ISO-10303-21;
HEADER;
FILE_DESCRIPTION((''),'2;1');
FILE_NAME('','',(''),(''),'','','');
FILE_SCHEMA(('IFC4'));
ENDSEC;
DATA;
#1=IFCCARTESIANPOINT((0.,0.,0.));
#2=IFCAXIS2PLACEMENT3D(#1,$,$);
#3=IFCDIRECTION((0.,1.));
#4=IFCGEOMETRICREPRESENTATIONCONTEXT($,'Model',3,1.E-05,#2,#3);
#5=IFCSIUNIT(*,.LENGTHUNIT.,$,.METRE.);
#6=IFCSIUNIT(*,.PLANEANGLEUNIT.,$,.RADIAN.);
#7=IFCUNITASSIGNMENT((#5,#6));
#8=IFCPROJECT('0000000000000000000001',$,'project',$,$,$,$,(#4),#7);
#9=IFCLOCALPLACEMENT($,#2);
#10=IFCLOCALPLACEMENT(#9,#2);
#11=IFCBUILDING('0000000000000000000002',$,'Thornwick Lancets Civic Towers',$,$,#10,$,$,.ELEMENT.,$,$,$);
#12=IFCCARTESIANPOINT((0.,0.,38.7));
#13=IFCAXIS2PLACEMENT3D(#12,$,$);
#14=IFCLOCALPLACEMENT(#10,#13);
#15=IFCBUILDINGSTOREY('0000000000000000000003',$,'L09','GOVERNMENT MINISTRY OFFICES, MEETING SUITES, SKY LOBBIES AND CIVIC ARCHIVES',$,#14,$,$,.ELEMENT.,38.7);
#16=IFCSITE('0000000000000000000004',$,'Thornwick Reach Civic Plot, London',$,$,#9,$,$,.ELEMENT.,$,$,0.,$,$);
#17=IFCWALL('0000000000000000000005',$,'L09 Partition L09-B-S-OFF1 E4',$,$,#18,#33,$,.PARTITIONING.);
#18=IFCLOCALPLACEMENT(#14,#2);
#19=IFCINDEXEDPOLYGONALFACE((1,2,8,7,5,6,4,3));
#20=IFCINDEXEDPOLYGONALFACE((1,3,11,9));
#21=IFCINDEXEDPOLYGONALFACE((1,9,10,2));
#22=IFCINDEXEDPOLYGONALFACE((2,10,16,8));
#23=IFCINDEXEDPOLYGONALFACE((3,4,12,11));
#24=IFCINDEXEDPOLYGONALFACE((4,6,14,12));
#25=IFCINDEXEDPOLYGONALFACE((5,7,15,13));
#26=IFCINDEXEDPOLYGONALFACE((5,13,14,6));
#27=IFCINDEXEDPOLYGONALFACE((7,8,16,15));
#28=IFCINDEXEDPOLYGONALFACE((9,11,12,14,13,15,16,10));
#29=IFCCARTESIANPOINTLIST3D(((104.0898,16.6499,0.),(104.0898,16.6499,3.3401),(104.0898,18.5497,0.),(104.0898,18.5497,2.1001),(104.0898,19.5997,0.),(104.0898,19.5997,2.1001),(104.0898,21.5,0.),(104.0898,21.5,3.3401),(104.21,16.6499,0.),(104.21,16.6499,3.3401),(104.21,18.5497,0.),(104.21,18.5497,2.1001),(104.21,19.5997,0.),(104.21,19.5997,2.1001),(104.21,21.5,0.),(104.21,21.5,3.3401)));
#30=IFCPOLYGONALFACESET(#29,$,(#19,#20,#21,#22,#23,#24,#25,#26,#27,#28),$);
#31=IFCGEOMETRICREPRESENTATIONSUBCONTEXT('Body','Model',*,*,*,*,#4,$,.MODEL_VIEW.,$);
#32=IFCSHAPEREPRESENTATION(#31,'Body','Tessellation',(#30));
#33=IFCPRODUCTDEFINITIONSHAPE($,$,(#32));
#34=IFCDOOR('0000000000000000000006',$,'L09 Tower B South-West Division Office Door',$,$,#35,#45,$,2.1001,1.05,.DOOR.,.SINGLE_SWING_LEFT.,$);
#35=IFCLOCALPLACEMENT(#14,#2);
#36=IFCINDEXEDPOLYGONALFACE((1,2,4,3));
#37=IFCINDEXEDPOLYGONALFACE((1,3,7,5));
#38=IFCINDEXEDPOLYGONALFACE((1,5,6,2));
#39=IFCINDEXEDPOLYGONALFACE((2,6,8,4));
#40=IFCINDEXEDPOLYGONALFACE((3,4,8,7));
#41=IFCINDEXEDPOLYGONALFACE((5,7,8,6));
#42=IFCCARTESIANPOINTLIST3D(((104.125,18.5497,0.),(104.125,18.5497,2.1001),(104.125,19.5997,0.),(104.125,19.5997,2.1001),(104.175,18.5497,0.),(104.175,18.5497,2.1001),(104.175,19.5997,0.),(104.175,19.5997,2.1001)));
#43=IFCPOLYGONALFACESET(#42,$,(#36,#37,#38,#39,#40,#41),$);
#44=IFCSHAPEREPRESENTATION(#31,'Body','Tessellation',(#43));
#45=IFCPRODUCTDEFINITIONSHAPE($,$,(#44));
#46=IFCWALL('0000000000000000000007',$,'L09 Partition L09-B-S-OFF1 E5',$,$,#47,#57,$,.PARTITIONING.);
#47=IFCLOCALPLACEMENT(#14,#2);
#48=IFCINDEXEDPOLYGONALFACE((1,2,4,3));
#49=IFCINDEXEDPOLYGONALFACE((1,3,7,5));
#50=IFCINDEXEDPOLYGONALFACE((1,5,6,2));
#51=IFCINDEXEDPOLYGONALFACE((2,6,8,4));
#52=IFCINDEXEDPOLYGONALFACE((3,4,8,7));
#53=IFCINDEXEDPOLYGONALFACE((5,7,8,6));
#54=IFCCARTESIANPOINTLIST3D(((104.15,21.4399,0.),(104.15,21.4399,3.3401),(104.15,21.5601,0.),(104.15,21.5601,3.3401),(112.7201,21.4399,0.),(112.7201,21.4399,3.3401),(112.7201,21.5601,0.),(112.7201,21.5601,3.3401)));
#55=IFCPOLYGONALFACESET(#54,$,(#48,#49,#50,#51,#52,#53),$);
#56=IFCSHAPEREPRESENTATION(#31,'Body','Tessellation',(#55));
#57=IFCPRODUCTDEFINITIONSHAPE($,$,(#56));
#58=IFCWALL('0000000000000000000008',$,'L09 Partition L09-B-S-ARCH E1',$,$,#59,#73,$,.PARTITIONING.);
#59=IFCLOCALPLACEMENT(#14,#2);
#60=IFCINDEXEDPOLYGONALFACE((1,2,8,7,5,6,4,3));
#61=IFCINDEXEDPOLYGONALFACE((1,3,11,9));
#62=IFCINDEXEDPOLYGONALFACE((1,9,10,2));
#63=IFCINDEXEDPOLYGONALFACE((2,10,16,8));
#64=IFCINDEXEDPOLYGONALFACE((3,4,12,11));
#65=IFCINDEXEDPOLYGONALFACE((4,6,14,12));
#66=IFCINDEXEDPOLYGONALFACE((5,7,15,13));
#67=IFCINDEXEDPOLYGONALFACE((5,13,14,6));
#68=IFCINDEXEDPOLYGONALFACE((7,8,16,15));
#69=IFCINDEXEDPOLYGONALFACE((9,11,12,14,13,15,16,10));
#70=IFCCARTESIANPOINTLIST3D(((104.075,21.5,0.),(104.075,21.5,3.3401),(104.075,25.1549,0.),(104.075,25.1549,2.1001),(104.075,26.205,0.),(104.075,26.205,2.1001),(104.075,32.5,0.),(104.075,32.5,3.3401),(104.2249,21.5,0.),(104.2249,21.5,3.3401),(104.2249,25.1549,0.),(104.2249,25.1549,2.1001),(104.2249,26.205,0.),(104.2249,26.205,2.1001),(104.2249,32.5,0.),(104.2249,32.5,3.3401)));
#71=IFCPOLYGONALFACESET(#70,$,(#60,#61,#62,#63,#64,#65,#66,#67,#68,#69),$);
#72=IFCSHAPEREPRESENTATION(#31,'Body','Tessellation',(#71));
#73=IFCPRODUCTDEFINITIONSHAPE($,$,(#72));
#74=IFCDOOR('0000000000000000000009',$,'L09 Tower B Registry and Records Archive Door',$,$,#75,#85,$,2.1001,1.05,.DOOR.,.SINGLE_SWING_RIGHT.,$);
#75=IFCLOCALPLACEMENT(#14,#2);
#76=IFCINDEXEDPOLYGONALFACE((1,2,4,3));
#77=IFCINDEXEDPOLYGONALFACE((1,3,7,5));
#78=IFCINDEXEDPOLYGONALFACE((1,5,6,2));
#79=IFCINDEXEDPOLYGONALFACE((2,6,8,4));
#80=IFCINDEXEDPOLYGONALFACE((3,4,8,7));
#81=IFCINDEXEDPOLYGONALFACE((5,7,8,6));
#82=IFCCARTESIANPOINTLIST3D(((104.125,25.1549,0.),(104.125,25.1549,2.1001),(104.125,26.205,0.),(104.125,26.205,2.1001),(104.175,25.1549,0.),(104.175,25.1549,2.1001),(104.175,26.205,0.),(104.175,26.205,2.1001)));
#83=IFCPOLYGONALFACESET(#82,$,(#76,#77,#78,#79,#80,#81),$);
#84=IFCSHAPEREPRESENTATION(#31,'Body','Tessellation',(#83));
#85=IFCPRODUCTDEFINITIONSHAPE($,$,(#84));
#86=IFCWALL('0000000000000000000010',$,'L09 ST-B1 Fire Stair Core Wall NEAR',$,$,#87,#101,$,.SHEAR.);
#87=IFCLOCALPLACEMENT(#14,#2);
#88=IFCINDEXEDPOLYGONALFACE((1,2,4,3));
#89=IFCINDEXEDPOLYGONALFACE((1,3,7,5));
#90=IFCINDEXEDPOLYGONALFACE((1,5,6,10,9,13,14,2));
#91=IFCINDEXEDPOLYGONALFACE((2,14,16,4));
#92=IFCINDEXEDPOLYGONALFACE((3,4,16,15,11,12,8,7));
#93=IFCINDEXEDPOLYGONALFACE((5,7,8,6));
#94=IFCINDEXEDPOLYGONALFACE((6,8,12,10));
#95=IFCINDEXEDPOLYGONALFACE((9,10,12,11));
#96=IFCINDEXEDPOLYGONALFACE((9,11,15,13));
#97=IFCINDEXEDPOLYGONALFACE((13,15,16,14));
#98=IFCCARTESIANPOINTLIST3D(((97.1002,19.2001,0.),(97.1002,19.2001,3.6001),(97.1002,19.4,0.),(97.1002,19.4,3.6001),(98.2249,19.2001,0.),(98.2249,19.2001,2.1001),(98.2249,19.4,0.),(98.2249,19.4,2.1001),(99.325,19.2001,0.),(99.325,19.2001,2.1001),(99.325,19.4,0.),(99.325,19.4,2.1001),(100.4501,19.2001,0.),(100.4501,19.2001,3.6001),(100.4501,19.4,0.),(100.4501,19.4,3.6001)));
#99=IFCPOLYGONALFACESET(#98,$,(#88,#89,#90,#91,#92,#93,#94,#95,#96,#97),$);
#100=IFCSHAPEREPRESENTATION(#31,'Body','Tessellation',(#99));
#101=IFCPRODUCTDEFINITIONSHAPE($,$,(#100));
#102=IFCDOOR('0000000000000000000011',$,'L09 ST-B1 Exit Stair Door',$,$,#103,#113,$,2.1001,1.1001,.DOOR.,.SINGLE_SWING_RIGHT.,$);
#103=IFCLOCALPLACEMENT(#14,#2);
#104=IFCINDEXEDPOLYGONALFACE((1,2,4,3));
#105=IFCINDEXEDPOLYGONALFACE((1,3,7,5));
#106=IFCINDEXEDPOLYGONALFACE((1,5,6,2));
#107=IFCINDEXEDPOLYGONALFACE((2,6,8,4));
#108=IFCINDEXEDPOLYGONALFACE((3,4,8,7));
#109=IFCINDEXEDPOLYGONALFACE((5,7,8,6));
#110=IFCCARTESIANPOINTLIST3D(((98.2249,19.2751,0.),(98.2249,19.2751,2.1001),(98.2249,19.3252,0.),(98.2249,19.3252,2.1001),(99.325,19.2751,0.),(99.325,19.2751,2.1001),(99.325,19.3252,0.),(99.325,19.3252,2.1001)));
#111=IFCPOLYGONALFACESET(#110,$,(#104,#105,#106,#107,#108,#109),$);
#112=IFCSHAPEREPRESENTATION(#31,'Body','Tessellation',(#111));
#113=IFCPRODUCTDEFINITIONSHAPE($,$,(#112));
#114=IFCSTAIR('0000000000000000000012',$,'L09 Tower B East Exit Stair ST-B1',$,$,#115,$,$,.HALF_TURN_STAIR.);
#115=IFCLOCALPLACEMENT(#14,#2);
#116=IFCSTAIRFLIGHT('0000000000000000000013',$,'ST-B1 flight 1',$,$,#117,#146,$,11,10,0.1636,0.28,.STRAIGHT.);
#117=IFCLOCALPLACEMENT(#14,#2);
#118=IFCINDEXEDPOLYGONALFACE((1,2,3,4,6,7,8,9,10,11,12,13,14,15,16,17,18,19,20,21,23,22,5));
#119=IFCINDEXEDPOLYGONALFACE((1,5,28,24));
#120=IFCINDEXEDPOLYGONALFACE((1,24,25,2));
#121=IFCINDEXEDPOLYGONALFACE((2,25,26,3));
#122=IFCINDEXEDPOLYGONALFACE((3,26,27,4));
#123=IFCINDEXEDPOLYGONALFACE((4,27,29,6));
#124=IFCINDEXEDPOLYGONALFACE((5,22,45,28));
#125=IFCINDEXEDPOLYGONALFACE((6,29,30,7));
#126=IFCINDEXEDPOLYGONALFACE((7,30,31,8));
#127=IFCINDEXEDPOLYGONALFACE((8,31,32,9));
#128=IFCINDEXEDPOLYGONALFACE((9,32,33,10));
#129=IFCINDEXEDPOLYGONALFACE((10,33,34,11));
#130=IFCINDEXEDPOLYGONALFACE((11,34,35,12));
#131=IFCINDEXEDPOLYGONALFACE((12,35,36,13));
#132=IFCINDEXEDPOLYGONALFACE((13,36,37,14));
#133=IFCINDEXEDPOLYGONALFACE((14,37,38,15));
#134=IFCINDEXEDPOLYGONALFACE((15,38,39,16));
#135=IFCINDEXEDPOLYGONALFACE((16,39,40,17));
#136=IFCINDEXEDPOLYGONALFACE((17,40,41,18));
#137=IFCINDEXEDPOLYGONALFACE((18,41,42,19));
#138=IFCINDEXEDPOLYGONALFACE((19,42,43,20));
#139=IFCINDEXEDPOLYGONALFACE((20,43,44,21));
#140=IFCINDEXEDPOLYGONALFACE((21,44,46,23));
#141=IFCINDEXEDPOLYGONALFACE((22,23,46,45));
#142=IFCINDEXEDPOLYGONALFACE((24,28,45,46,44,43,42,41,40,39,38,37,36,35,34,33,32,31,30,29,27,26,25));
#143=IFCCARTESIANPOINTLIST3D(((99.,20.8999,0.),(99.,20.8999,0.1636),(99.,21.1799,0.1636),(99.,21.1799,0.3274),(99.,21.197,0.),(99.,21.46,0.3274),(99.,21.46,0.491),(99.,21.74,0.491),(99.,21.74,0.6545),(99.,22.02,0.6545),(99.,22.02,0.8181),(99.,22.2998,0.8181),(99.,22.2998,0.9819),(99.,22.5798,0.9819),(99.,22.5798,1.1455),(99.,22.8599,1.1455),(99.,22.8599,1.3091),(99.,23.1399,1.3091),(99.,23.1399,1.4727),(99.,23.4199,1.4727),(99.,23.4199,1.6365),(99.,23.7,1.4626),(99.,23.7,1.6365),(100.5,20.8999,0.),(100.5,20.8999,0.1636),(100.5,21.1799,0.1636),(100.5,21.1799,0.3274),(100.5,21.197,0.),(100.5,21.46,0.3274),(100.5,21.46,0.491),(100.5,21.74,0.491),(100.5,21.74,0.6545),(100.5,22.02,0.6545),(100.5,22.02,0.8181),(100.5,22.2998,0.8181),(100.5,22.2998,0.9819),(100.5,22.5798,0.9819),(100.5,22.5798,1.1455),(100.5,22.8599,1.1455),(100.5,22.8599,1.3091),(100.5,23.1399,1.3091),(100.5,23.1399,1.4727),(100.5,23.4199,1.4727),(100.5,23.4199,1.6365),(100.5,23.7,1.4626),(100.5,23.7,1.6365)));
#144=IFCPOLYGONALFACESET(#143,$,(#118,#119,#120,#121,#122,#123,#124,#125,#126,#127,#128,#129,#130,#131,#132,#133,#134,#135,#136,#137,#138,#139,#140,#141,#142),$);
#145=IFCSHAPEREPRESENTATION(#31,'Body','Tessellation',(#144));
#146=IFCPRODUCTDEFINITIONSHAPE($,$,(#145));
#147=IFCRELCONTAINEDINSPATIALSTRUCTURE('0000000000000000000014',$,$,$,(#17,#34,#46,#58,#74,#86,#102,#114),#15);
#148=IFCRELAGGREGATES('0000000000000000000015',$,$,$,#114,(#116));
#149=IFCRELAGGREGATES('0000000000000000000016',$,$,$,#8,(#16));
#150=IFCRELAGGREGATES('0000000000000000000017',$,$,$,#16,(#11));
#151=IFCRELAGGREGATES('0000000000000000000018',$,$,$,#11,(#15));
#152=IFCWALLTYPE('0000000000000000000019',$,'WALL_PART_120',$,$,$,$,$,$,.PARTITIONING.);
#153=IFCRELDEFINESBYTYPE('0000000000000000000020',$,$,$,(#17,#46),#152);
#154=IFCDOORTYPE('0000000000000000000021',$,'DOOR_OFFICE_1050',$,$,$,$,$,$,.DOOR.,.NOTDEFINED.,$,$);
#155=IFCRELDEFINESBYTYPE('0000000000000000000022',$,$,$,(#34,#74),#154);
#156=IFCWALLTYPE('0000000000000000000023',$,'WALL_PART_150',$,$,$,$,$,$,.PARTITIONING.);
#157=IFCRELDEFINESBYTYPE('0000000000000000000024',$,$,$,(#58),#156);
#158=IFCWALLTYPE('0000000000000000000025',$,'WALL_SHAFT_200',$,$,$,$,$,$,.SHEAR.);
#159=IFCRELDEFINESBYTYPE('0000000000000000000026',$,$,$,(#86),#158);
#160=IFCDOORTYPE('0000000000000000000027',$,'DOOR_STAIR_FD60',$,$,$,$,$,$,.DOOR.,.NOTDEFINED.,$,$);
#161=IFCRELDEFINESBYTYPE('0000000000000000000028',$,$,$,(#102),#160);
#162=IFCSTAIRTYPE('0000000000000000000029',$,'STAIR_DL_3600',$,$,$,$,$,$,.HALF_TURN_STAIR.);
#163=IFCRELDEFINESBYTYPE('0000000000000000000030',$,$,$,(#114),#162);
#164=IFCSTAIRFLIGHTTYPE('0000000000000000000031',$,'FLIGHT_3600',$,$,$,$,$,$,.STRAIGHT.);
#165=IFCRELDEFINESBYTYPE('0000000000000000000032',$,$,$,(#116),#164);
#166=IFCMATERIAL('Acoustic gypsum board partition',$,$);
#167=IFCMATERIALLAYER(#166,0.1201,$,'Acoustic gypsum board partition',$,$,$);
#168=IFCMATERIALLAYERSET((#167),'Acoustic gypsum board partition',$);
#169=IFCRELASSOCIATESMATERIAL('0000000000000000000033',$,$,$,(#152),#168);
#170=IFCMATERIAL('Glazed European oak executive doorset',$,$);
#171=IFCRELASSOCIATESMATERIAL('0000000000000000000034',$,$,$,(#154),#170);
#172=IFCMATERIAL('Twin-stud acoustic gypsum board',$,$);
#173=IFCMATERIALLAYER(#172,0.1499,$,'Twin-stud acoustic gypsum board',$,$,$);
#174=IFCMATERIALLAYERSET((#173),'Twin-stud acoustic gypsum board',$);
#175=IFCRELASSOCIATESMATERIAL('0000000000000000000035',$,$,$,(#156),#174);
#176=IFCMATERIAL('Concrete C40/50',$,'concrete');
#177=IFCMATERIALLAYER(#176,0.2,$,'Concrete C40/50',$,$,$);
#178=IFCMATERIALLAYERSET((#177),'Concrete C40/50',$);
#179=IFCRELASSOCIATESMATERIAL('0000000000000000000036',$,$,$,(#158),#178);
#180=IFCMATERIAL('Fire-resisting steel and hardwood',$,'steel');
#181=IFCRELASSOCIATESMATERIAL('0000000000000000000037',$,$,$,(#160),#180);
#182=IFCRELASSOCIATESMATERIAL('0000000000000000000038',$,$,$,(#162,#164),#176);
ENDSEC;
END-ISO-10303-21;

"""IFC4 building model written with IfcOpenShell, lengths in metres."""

from ifc_helpers import new_model, si_unit, direction, frame, frame_2d, origin, place, context, subcontext, project, spatial, polyline, rectangle, outline, extrude, material, layer, layer_set, type_object, element, fill, aggregate, save


model = new_model("IFC4")

# Units and contexts
model_context = context("Model", 3, precision=1e-05, world=origin(), true_north=direction((0.0, 1.0)))
body_context = subcontext(model_context, "Body", "Model", "MODEL_VIEW")
ifc_project = project(units=[si_unit("LENGTHUNIT", "METRE"), si_unit("PLANEANGLEUNIT", "RADIAN")], contexts=[model_context])

# Site, building, storey
site_placement = place(None, origin())
site = spatial("IfcSite", under=ifc_project, at=site_placement, Name="Thornwick Reach Civic Plot, London", CompositionType="ELEMENT", RefElevation=0.0)
building_placement = place(site_placement, origin())
building = spatial("IfcBuilding", under=site, at=building_placement, Name="Thornwick Lancets Civic Towers", CompositionType="ELEMENT")
storey_placement = place(building_placement, frame((0.0, 0.0, 38.7)))
storey = spatial("IfcBuildingStorey", under=building, at=storey_placement, Name="L09", Description="GOVERNMENT MINISTRY OFFICES, MEETING SUITES, SKY LOBBIES AND CIVIC ARCHIVES", CompositionType="ELEMENT", Elevation=38.7)

# Shared definitions
ifc_material_1 = material(Name="Concrete C40/50", Category="concrete")

# Shared definitions
ifc_material_2 = material(Name="Acoustic gypsum board partition")
ifc_layer_1 = layer(ifc_material_2, 0.1201, Name="Acoustic gypsum board partition")
ifc_layer_set_1 = layer_set([ifc_layer_1], Name="Acoustic gypsum board partition")
wall_type_1 = type_object("IfcWallType", Name="WALL_PART_120", PredefinedType="PARTITIONING", material=ifc_layer_set_1)

# Wall, opening, door
wall_1_placement = place(storey_placement, frame((104.1499, 16.6499, 0.0), z_axis=(0.0, 0.0, 1.0), x_axis=(0.0, 1.0, 0.0)))
wall_1 = element("IfcWall", 1, at=wall_1_placement, inside=storey, type_object=wall_type_1, Name="L09 Partition L09-B-S-OFF1 E4", PredefinedType="PARTITIONING", context=body_context, shape_type="SweptSolid", body=[
    extrude(rectangle(XDim=4.8501, YDim=0.1201, at=frame_2d((2.425, 0.0))), origin(), (0.0, 0.0, 1.0), 3.3401),
])
opening_1_placement = place(wall_1_placement, frame((1.8999, 0.0, 0.0)))
opening_1 = element("IfcOpeningElement", 2, at=opening_1_placement, cuts=wall_1, PredefinedType="OPENING", context=body_context, shape_type="SweptSolid", body=[
    extrude(rectangle(XDim=1.05, YDim=2.1001, at=frame_2d((0.5249, 1.05))), frame((0.0, 0.0701, 0.0), z_axis=(0.0, -1.0, 0.0), x_axis=(1.0, 0.0, 0.0)), (0.0, 0.0, 1.0), 0.1401),
])
ifc_material_3 = material(Name="Glazed European oak executive doorset")
door_type_1 = type_object("IfcDoorType", Name="DOOR_OFFICE_1050", OperationType="NOTDEFINED", PredefinedType="DOOR", material=ifc_material_3)
door_1_placement = place(opening_1_placement, origin())
door_1 = element("IfcDoor", 3, at=door_1_placement, inside=storey, type_object=door_type_1, Name="L09 Tower B South-West Division Office Door", OperationType="SINGLE_SWING_LEFT", OverallHeight=2.1001, OverallWidth=1.05, PredefinedType="DOOR", context=body_context, shape_type="SweptSolid", body=[
    extrude(rectangle(XDim=1.05, YDim=2.1001, at=frame_2d((0.5249, 1.05))), frame((0.0, 0.0249, 0.0), z_axis=(0.0, -1.0, 0.0), x_axis=(1.0, 0.0, 0.0)), (0.0, 0.0, 1.0), 0.05),
])
fill(opening_1, door_1)

# Wall
wall_2_placement = place(storey_placement, frame((104.1499, 21.5, 0.0), z_axis=(0.0, 0.0, 1.0), x_axis=(1.0, 0.0, 0.0)))
element("IfcWall", 4, at=wall_2_placement, inside=storey, type_object=wall_type_1, Name="L09 Partition L09-B-S-OFF1 E5", PredefinedType="PARTITIONING", context=body_context, shape_type="SweptSolid", body=[
    extrude(rectangle(XDim=8.5701, YDim=0.1201, at=frame_2d((4.2852, 0.0))), origin(), (0.0, 0.0, 1.0), 3.3401),
])

# Walls, openings, doors
ifc_material_4 = material(Name="Twin-stud acoustic gypsum board")
ifc_layer_2 = layer(ifc_material_4, 0.1499, Name="Twin-stud acoustic gypsum board")
ifc_layer_set_2 = layer_set([ifc_layer_2], Name="Twin-stud acoustic gypsum board")
wall_type_2 = type_object("IfcWallType", Name="WALL_PART_150", PredefinedType="PARTITIONING", material=ifc_layer_set_2)
wall_3_placement = place(storey_placement, frame((104.1499, 21.5, 0.0), z_axis=(0.0, 0.0, 1.0), x_axis=(0.0, 1.0, 0.0)))
wall_3 = element("IfcWall", 5, at=wall_3_placement, inside=storey, type_object=wall_type_2, Name="L09 Partition L09-B-S-ARCH E1", PredefinedType="PARTITIONING", context=body_context, shape_type="SweptSolid", body=[
    extrude(rectangle(XDim=11.0, YDim=0.1499, at=frame_2d((5.5, 0.0))), origin(), (0.0, 0.0, 1.0), 3.3401),
])
opening_2_placement = place(wall_3_placement, frame((3.655, 0.0, 0.0)))
opening_2 = element("IfcOpeningElement", 6, at=opening_2_placement, cuts=wall_3, PredefinedType="OPENING", context=body_context, shape_type="SweptSolid", body=[
    extrude(rectangle(XDim=1.05, YDim=2.1001, at=frame_2d((0.5249, 1.05))), frame((0.0, 0.085, 0.0), z_axis=(0.0, -1.0, 0.0), x_axis=(1.0, 0.0, 0.0)), (0.0, 0.0, 1.0), 0.1699),
])
door_2_placement = place(opening_2_placement, origin())
door_2 = element("IfcDoor", 7, at=door_2_placement, inside=storey, type_object=door_type_1, Name="L09 Tower B Registry and Records Archive Door", OperationType="SINGLE_SWING_RIGHT", OverallHeight=2.1001, OverallWidth=1.05, PredefinedType="DOOR", context=body_context, shape_type="SweptSolid", body=[
    extrude(rectangle(XDim=1.05, YDim=2.1001, at=frame_2d((0.5249, 1.05))), frame((0.0, 0.0249, 0.0), z_axis=(0.0, -1.0, 0.0), x_axis=(1.0, 0.0, 0.0)), (0.0, 0.0, 1.0), 0.05),
])
fill(opening_2, door_2)
ifc_layer_3 = layer(ifc_material_1, 0.2, Name="Concrete C40/50")
ifc_layer_set_3 = layer_set([ifc_layer_3], Name="Concrete C40/50")
wall_type_3 = type_object("IfcWallType", Name="WALL_SHAFT_200", PredefinedType="SHEAR", material=ifc_layer_set_3)
wall_4_placement = place(storey_placement, frame((100.45, 19.3, 0.0), z_axis=(0.0, 0.0, 1.0), x_axis=(-1.0, 0.0, 0.0)))
wall_4 = element("IfcWall", 8, at=wall_4_placement, inside=storey, type_object=wall_type_3, Name="L09 ST-B1 Fire Stair Core Wall NEAR", PredefinedType="SHEAR", context=body_context, shape_type="SweptSolid", body=[
    extrude(rectangle(XDim=3.3499, YDim=0.2, at=frame_2d((1.6748, 0.0))), origin(), (0.0, 0.0, 1.0), 3.6001),
])
opening_3_placement = place(wall_4_placement, frame((1.125, 0.0, 0.0)))
opening_3 = element("IfcOpeningElement", 9, at=opening_3_placement, cuts=wall_4, PredefinedType="OPENING", context=body_context, shape_type="SweptSolid", body=[
    extrude(rectangle(XDim=1.1001, YDim=2.1001, at=frame_2d((0.55, 1.05))), frame((0.0, 0.1099, 0.0), z_axis=(0.0, -1.0, 0.0), x_axis=(1.0, 0.0, 0.0)), (0.0, 0.0, 1.0), 0.22),
])
ifc_material_5 = material(Name="Fire-resisting steel and hardwood", Category="steel")
door_type_2 = type_object("IfcDoorType", Name="DOOR_STAIR_FD60", OperationType="NOTDEFINED", PredefinedType="DOOR", material=ifc_material_5)
door_3_placement = place(opening_3_placement, origin())
door_3 = element("IfcDoor", 10, at=door_3_placement, inside=storey, type_object=door_type_2, Name="L09 ST-B1 Exit Stair Door", OperationType="SINGLE_SWING_RIGHT", OverallHeight=2.1001, OverallWidth=1.1001, PredefinedType="DOOR", context=body_context, shape_type="SweptSolid", body=[
    extrude(rectangle(XDim=1.1001, YDim=2.1001, at=frame_2d((0.55, 1.05))), frame((0.0, 0.0249, 0.0), z_axis=(0.0, -1.0, 0.0), x_axis=(1.0, 0.0, 0.0)), (0.0, 0.0, 1.0), 0.05),
])
fill(opening_3, door_3)

# Stair, stair flight
stair_type = type_object("IfcStairType", Name="STAIR_DL_3600", PredefinedType="HALF_TURN_STAIR", material=ifc_material_1)
stair_placement = place(storey_placement, origin())
stair = element("IfcStair", 11, at=stair_placement, inside=storey, type_object=stair_type, Name="L09 Tower B East Exit Stair ST-B1", PredefinedType="HALF_TURN_STAIR")
stair_flight_type = type_object("IfcStairFlightType", Name="FLIGHT_3600", PredefinedType="STRAIGHT", material=ifc_material_1)
stair_flight_placement = place(storey_placement, frame((99.75, 20.8999, 0.0), z_axis=(0.0, 0.0, 1.0), x_axis=(0.0, 1.0, 0.0)))
stair_flight = element("IfcStairFlight", 12, at=stair_flight_placement, type_object=stair_flight_type, Name="ST-B1 flight 1", NumberOfRisers=11, NumberOfTreads=10, PredefinedType="STRAIGHT", RiserHeight=0.1636, TreadLength=0.28, context=body_context, shape_type="SweptSolid", body=[
    extrude(outline(polyline([(0.0, 0.0), (0.0, 0.1636), (0.28, 0.1636), (0.28, 0.3274), (0.5601, 0.3274), (0.5601, 0.491), (0.8401, 0.491), (0.8401, 0.6545), (1.1201, 0.6545), (1.1201, 0.8181), (1.3999, 0.8181), (1.3999, 0.9819), (1.6799, 0.9819), (1.6799, 1.1455), (1.96, 1.1455), (1.96, 1.3091), (2.24, 1.3091), (2.24, 1.4727), (2.52, 1.4727), (2.52, 1.6365), (2.8, 1.6365), (2.8, 1.8), (2.8, 1.4626), (0.2971, 0.0), (0.0, 0.0)])), frame((0.0, 0.75, 0.0), z_axis=(0.0, -1.0, 0.0), x_axis=(1.0, 0.0, 0.0)), (0.0, 0.0, 1.0), 1.5),
])
aggregate(stair, [stair_flight])

save(model, "model.ifc")
